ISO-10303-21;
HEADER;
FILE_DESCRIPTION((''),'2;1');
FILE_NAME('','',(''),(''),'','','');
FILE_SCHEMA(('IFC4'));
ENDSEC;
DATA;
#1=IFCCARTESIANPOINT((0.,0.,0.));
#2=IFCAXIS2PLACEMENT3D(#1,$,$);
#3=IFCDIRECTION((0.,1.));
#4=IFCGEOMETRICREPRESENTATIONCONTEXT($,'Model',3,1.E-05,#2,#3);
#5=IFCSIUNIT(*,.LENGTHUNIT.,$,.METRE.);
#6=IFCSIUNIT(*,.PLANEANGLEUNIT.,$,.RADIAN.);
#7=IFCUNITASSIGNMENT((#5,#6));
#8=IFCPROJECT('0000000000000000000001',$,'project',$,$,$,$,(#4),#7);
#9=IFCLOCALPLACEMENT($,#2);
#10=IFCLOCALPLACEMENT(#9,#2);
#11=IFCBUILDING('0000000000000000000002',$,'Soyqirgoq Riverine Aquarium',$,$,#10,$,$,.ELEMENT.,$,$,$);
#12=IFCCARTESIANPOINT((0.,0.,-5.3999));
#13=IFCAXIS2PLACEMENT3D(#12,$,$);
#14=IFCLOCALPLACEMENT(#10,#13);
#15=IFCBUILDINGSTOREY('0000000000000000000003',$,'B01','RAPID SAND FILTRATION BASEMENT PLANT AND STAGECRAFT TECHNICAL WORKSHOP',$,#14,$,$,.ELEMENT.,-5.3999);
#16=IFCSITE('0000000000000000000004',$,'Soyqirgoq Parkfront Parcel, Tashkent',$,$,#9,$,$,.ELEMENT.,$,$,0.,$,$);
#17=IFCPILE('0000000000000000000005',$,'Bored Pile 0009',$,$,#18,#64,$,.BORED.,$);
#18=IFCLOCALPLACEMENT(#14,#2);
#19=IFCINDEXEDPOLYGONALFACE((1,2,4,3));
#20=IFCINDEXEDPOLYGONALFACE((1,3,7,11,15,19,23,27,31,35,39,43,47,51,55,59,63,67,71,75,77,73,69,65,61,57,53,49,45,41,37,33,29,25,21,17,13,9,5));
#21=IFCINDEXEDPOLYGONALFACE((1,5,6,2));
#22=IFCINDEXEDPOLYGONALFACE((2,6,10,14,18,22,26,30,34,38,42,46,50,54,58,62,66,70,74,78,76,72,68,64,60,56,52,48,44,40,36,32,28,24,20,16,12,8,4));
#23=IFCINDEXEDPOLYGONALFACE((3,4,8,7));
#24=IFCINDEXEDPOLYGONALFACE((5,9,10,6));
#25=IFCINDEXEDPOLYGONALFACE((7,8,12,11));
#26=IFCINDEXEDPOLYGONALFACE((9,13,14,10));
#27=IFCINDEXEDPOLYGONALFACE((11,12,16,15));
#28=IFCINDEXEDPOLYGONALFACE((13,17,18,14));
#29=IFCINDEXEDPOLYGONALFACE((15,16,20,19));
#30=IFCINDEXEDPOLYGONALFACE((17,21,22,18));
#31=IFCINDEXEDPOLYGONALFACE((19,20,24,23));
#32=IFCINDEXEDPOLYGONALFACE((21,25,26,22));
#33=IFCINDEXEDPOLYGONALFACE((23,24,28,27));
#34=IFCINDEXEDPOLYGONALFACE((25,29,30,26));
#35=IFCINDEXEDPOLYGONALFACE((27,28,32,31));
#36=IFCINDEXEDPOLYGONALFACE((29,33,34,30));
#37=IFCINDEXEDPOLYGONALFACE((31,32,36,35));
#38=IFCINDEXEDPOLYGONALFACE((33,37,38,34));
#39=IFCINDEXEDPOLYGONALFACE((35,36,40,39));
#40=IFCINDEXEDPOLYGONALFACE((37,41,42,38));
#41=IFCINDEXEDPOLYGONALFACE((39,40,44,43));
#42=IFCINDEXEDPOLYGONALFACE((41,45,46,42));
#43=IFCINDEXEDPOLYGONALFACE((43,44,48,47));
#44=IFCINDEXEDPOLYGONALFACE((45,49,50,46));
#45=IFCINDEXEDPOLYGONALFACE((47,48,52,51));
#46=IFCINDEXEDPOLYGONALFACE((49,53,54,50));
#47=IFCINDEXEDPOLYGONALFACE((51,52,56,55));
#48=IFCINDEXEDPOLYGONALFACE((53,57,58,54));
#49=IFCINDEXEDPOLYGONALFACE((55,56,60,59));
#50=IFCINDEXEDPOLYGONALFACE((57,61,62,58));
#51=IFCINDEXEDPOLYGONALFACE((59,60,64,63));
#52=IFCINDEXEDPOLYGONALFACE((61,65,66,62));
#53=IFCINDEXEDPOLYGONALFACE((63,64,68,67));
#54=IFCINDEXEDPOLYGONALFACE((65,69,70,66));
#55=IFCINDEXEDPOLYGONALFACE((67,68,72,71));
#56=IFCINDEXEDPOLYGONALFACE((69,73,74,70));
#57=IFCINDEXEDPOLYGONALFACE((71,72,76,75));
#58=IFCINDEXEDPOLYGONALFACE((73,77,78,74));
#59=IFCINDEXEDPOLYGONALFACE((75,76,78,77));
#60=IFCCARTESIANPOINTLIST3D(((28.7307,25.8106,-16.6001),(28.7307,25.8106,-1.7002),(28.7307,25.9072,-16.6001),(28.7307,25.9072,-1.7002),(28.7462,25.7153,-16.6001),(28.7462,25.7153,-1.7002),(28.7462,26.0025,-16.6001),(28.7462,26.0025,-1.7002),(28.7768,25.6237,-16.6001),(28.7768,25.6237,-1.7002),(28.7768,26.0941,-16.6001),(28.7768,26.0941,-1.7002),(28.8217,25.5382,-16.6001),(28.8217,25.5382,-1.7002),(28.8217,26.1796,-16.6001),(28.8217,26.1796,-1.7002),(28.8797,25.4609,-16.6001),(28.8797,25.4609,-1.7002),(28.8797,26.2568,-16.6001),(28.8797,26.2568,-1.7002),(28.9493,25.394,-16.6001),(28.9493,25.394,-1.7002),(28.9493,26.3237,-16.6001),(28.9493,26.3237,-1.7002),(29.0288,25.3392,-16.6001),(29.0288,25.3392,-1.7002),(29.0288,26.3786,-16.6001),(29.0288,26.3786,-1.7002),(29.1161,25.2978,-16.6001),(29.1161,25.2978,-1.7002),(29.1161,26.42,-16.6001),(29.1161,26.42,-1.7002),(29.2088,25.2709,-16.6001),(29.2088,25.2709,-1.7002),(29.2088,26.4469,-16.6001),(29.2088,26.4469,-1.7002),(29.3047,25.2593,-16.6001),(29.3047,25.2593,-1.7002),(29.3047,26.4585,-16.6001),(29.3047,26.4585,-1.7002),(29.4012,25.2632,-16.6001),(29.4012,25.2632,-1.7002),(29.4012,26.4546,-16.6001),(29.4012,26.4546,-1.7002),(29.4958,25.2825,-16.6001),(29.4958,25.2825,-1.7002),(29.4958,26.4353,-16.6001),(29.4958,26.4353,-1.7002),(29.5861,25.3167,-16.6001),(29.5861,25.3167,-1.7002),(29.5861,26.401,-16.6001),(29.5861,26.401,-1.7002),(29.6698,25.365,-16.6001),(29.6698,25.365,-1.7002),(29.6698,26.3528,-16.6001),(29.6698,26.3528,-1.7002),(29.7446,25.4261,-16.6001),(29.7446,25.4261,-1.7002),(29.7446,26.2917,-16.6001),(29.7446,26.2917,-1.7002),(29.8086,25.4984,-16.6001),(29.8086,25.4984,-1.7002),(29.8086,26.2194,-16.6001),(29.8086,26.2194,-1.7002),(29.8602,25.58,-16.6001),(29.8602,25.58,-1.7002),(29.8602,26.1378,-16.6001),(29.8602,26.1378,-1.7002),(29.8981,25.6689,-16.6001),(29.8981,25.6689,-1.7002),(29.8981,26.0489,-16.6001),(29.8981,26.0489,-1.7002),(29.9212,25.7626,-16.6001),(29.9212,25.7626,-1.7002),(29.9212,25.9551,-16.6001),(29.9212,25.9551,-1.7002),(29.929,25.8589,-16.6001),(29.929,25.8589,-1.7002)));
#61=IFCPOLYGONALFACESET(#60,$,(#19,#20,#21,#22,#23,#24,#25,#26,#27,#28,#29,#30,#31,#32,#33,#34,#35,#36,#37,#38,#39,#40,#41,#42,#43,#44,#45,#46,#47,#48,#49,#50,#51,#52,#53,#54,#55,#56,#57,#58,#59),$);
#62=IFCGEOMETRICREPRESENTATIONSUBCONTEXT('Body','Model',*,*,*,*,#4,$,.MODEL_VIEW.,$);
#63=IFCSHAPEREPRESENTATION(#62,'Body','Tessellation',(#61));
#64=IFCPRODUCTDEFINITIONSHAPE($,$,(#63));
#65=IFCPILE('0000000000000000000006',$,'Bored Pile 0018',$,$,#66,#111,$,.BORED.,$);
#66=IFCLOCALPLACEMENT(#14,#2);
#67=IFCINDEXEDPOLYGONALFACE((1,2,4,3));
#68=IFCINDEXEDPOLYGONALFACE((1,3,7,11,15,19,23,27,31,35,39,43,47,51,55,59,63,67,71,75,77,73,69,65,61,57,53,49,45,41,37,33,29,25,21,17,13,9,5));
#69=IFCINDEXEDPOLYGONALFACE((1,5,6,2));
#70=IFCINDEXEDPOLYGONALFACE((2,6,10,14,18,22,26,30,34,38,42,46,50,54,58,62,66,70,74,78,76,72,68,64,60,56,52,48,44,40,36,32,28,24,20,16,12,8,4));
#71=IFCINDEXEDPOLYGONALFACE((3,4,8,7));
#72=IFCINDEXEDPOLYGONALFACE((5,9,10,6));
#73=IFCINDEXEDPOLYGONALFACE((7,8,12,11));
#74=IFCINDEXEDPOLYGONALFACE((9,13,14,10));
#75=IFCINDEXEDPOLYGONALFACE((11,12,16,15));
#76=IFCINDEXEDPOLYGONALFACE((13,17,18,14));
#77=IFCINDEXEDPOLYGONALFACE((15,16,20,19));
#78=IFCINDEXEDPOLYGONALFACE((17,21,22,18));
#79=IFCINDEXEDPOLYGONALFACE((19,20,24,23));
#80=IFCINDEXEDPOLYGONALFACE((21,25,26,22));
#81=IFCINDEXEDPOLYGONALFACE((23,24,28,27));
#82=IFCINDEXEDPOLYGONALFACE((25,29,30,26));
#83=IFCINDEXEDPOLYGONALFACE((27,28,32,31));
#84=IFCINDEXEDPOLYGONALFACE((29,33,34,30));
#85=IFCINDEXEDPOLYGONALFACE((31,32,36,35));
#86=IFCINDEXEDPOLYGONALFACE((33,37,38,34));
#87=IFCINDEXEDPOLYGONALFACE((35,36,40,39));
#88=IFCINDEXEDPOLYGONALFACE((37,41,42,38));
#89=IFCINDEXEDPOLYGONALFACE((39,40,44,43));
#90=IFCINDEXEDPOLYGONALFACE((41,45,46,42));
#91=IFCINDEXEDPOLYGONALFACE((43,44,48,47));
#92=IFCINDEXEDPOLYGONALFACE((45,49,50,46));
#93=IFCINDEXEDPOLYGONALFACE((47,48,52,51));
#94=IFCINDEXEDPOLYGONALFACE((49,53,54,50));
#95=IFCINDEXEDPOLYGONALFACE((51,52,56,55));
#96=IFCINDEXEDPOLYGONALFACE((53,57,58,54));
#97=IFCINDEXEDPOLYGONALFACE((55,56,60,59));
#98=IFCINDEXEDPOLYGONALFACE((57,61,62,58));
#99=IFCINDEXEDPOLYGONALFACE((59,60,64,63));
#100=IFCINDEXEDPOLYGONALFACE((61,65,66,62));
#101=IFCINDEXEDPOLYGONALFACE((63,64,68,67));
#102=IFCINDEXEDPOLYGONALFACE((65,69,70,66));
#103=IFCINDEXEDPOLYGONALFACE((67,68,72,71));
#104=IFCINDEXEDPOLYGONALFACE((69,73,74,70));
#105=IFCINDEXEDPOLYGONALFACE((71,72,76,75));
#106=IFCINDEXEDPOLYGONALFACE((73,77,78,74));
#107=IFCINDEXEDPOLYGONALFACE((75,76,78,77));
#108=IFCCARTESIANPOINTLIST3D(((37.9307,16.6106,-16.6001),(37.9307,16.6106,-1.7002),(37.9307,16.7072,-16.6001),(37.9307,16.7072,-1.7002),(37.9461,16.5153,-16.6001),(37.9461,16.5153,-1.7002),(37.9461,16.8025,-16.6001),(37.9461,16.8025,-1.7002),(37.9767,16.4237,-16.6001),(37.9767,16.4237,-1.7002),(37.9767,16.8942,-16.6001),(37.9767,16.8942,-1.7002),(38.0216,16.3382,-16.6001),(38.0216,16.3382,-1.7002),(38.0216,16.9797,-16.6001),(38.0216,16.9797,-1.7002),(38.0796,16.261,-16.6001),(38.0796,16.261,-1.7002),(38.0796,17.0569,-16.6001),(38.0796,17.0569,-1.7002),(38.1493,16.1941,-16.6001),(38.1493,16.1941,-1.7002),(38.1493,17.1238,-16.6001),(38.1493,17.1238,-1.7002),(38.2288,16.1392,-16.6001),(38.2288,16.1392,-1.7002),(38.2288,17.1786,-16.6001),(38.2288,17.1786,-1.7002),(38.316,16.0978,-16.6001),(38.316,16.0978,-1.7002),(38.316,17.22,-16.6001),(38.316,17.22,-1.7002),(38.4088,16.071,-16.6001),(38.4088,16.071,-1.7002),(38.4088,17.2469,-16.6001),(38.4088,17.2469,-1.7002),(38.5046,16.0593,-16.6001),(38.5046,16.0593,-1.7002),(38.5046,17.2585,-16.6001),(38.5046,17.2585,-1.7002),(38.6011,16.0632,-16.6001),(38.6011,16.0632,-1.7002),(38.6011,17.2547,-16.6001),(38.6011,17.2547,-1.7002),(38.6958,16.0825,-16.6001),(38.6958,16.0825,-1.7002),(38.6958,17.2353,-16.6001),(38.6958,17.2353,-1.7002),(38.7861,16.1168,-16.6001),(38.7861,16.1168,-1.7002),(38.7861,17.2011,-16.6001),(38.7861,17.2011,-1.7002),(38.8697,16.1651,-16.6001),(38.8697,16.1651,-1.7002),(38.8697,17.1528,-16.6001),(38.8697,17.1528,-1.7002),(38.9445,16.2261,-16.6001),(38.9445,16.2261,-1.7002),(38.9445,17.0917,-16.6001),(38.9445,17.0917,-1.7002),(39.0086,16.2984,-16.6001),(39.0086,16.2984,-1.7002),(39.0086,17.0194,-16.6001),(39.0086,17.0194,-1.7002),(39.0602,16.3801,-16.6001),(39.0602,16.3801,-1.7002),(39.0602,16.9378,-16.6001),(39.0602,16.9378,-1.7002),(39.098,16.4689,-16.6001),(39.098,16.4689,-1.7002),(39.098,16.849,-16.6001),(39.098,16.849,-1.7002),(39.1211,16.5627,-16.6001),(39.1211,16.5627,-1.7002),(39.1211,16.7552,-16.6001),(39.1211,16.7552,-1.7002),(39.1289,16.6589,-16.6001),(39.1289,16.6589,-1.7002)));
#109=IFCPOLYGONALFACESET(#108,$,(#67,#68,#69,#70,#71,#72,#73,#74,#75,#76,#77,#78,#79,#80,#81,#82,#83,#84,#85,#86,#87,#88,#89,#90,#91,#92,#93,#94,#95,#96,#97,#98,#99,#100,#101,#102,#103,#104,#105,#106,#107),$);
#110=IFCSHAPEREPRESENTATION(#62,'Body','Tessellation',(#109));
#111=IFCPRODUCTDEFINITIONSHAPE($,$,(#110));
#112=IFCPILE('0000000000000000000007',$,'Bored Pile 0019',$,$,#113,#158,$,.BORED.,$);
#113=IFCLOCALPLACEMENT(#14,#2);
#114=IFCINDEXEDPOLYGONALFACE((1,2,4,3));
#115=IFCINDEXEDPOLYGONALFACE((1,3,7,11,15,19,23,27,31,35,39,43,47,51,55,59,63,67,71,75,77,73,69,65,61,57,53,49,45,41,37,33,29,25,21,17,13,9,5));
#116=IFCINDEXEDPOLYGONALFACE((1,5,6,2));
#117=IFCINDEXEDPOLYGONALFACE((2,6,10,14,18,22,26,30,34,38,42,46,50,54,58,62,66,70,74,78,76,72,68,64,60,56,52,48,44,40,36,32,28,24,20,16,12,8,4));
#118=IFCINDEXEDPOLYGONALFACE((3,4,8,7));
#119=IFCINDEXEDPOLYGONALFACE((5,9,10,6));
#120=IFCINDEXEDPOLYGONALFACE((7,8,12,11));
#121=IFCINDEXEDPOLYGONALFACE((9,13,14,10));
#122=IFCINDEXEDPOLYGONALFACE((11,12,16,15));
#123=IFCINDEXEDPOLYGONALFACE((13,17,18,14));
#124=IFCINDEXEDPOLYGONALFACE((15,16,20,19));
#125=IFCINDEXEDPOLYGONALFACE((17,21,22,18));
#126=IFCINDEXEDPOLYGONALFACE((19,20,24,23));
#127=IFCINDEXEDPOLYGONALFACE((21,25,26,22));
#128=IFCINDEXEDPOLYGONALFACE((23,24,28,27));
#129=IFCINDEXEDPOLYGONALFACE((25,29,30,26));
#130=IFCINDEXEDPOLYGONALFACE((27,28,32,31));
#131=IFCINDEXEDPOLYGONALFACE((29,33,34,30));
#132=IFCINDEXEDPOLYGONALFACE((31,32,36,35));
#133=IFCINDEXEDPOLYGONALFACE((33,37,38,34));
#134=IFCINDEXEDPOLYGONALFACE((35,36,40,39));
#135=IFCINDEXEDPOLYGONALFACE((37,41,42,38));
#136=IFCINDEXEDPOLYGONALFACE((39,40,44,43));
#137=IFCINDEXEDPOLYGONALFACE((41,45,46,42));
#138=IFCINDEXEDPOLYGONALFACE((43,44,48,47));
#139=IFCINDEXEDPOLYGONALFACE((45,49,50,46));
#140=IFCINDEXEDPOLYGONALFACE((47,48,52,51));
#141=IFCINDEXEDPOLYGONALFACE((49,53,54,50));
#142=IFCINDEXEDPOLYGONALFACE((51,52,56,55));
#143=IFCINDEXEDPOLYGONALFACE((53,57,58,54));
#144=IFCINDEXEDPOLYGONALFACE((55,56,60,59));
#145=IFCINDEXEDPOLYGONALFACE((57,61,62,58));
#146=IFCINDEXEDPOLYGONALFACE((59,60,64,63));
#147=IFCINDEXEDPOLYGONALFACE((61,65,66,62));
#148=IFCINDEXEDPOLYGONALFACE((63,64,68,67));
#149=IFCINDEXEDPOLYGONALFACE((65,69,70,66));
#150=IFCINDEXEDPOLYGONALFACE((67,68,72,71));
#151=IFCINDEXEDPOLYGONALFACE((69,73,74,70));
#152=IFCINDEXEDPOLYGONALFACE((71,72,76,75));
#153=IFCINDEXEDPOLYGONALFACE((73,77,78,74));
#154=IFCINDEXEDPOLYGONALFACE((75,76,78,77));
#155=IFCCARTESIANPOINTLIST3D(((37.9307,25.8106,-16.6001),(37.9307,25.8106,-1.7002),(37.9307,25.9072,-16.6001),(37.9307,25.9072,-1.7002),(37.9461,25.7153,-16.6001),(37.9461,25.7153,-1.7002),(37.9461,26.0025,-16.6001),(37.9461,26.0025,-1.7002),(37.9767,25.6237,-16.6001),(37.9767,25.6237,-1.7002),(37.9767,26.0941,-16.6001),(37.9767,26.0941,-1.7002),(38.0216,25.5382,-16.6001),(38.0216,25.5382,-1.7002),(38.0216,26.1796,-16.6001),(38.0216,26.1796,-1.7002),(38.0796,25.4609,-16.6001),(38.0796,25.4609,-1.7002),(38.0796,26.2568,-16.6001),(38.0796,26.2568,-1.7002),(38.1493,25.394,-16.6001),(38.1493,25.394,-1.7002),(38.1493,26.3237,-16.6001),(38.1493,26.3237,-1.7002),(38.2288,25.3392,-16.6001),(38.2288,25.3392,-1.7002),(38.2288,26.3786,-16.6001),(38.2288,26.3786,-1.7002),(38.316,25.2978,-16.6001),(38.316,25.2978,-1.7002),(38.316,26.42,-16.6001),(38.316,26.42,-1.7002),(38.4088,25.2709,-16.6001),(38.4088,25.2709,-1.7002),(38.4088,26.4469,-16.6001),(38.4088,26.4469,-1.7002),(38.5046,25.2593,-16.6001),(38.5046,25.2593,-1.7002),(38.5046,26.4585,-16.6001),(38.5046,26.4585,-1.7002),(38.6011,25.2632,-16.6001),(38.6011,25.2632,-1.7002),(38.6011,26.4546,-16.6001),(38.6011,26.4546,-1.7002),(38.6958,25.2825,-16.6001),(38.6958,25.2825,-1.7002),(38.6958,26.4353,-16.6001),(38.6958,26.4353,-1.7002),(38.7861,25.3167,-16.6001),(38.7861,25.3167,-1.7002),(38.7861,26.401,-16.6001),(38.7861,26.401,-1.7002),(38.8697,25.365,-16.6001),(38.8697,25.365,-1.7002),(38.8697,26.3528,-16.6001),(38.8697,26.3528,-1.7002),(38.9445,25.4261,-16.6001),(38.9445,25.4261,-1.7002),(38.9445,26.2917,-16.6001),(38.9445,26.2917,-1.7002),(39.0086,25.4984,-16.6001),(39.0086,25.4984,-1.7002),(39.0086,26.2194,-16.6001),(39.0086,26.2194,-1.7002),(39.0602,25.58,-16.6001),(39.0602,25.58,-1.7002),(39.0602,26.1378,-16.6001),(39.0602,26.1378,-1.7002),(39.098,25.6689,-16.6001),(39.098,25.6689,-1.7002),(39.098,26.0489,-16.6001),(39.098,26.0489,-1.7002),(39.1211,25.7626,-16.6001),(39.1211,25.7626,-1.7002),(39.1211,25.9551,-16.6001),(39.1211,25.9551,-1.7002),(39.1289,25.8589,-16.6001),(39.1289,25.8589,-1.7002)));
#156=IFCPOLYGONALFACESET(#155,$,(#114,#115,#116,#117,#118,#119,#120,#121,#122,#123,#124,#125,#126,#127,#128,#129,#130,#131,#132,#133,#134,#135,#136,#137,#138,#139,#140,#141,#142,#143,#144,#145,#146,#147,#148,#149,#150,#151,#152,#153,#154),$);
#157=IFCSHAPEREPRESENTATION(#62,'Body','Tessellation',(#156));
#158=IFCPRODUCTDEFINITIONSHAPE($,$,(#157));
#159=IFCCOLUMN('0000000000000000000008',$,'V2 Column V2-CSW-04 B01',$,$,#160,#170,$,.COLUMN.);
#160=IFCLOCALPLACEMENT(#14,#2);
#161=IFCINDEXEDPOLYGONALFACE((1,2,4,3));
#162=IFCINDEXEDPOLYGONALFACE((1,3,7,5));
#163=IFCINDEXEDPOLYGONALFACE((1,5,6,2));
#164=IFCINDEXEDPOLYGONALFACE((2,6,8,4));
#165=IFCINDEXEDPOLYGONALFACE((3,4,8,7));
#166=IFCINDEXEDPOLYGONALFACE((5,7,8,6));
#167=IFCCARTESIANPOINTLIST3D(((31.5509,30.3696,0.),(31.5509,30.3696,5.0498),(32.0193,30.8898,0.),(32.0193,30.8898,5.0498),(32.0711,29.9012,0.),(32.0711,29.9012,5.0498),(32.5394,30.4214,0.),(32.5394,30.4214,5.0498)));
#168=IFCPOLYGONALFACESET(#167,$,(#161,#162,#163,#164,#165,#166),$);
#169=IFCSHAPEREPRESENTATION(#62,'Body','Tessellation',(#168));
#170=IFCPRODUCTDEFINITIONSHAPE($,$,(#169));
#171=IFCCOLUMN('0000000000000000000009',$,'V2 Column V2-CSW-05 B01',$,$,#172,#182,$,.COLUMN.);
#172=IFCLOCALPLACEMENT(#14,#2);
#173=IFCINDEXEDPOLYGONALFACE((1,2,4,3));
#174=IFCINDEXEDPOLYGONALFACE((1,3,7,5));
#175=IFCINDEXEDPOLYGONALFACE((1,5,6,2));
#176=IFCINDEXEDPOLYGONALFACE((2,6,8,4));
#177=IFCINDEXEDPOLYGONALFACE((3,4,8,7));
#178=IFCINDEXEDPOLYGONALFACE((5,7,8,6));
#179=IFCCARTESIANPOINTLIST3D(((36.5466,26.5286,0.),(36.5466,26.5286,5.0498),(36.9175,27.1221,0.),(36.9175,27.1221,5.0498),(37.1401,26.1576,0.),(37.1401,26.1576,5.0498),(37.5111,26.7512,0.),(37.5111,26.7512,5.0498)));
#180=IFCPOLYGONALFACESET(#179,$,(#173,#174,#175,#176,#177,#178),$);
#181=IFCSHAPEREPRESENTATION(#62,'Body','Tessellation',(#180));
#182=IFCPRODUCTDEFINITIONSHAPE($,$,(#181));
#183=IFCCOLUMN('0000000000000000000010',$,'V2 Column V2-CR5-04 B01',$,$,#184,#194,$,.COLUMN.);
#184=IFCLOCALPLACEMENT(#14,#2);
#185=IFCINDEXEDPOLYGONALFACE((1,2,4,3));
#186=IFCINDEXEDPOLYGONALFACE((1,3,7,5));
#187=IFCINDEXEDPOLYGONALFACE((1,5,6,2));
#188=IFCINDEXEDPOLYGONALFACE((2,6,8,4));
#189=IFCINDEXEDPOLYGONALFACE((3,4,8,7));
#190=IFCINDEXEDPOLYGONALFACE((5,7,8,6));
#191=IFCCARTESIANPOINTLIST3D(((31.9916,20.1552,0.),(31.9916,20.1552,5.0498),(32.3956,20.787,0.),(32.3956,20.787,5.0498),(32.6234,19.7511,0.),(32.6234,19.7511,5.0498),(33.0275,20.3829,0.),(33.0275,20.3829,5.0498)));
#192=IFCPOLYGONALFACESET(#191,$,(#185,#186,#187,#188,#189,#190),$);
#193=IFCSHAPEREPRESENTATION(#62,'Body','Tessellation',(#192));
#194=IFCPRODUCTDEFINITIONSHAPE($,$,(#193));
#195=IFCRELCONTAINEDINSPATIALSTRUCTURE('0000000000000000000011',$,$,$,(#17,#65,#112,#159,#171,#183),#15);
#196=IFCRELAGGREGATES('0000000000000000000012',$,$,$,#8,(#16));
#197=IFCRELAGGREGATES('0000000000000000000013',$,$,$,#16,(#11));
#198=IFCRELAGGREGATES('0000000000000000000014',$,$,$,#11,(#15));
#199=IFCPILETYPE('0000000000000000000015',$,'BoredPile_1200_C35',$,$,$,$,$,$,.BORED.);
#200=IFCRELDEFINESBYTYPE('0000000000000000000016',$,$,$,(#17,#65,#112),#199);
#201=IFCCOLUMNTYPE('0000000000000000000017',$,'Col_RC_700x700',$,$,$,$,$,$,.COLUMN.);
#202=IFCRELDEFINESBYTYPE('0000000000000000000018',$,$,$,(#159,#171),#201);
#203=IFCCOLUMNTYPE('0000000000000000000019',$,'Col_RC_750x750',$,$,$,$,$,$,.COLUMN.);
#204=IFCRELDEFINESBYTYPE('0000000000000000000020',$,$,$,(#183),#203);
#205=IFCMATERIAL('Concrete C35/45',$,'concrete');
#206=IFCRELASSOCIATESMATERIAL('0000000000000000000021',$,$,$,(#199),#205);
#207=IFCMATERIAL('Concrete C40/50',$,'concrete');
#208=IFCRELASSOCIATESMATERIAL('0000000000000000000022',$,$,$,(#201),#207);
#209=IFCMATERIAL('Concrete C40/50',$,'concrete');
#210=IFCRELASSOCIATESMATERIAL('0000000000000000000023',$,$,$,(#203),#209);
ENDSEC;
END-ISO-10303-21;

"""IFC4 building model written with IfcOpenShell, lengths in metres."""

from ifc_helpers import new_model, si_unit, direction, frame, origin, origin_2d, place, context, subcontext, project, spatial, rectangle, circle, extrude, material, material_profile, profile_set, type_object, element, save


model = new_model("IFC4")

# Units and contexts
model_context = context("Model", 3, precision=1e-05, world=origin(), true_north=direction((0.0, 1.0)))
body_context = subcontext(model_context, "Body", "Model", "MODEL_VIEW")
ifc_project = project(units=[si_unit("LENGTHUNIT", "METRE"), si_unit("PLANEANGLEUNIT", "RADIAN")], contexts=[model_context])

# Site, building, storey
site_placement = place(None, origin())
site = spatial("IfcSite", under=ifc_project, at=site_placement, Name="Soyqirgoq Parkfront Parcel, Tashkent", CompositionType="ELEMENT", RefElevation=0.0)
building_placement = place(site_placement, origin())
building = spatial("IfcBuilding", under=site, at=building_placement, Name="Soyqirgoq Riverine Aquarium", CompositionType="ELEMENT")
storey_placement = place(building_placement, frame((0.0, 0.0, -5.3999)))
storey = spatial("IfcBuildingStorey", under=building, at=storey_placement, Name="B01", Description="RAPID SAND FILTRATION BASEMENT PLANT AND STAGECRAFT TECHNICAL WORKSHOP", CompositionType="ELEMENT", Elevation=-5.3999)

# Piles
ifc_material_1 = material(Name="Concrete C35/45", Category="concrete")
ifc_material_profile_1 = material_profile(ifc_material_1, circle(Radius=0.6001, at=origin_2d()), Name="BP D1200")
ifc_profile_set_1 = profile_set([ifc_material_profile_1], Name="Concrete C35/45")
pile_type = type_object("IfcPileType", Name="BoredPile_1200_C35", PredefinedType="BORED", material=ifc_profile_set_1)
for number, where, z_axis, x_axis, name in (
    (1, (29.3289, 25.8589, -1.7002), (0.0, 0.0, -1.0), (1.0, 0.0, 0.0), "Bored Pile 0009"),
    (2, (38.5288, 16.6589, -1.7002), (0.0, 0.0, -1.0), (1.0, 0.0, 0.0), "Bored Pile 0018"),
    (3, (38.5288, 25.8589, -1.7002), (0.0, 0.0, -1.0), (1.0, 0.0, 0.0), "Bored Pile 0019"),
):
    element("IfcPile", number, at=place(storey_placement, frame(where, z_axis=z_axis, x_axis=x_axis)), inside=storey, type_object=pile_type, Name=name, PredefinedType="BORED", context=body_context, shape_type="SweptSolid", body=[
        extrude(circle(Radius=0.6001, at=origin_2d()), origin(), (0.0, 0.0, 1.0), 14.8999),
    ])

# Columns
ifc_material_2 = material(Name="Concrete C40/50", Category="concrete")
ifc_material_profile_2 = material_profile(ifc_material_2, rectangle(XDim=0.7, YDim=0.7, at=origin_2d()), Name="RC 700x700")
ifc_profile_set_2 = profile_set([ifc_material_profile_2], Name="Concrete C40/50")
column_type_1 = type_object("IfcColumnType", Name="Col_RC_700x700", PredefinedType="COLUMN", material=ifc_profile_set_2)
for number, where, z_axis, x_axis, name in (
    (4, (32.0452, 30.3955, 0.0), (0.0, 0.0, 1.0), (-0.669131, -0.743145, 0.0), "V2 Column V2-CSW-04 B01"),
    (5, (37.0288, 26.6399, 0.0), (0.0, 0.0, 1.0), (-0.529919, -0.848048, 0.0), "V2 Column V2-CSW-05 B01"),
):
    element("IfcColumn", number, at=place(storey_placement, frame(where, z_axis=z_axis, x_axis=x_axis)), inside=storey, type_object=column_type_1, Name=name, PredefinedType="COLUMN", context=body_context, shape_type="SweptSolid", body=[
        extrude(rectangle(XDim=0.7, YDim=0.7, at=origin_2d()), origin(), (0.0, 0.0, 1.0), 5.0498),
    ])
ifc_material_3 = material(Name="Concrete C40/50", Category="concrete")
ifc_material_profile_3 = material_profile(ifc_material_3, rectangle(XDim=0.75, YDim=0.75, at=origin_2d()), Name="RC 750x750")
ifc_profile_set_3 = profile_set([ifc_material_profile_3], Name="Concrete C40/50")
column_type_2 = type_object("IfcColumnType", Name="Col_RC_750x750", PredefinedType="COLUMN", material=ifc_profile_set_3)
column_1_placement = place(storey_placement, frame((32.5095, 20.269, 0.0), z_axis=(0.0, 0.0, 1.0), x_axis=(-0.538771, -0.842452, 0.0)))
element("IfcColumn", 6, at=column_1_placement, inside=storey, type_object=column_type_2, Name="V2 Column V2-CR5-04 B01", PredefinedType="COLUMN", context=body_context, shape_type="SweptSolid", body=[
    extrude(rectangle(XDim=0.75, YDim=0.75, at=origin_2d()), origin(), (0.0, 0.0, 1.0), 5.0498),
])

save(model, "model.ifc")
